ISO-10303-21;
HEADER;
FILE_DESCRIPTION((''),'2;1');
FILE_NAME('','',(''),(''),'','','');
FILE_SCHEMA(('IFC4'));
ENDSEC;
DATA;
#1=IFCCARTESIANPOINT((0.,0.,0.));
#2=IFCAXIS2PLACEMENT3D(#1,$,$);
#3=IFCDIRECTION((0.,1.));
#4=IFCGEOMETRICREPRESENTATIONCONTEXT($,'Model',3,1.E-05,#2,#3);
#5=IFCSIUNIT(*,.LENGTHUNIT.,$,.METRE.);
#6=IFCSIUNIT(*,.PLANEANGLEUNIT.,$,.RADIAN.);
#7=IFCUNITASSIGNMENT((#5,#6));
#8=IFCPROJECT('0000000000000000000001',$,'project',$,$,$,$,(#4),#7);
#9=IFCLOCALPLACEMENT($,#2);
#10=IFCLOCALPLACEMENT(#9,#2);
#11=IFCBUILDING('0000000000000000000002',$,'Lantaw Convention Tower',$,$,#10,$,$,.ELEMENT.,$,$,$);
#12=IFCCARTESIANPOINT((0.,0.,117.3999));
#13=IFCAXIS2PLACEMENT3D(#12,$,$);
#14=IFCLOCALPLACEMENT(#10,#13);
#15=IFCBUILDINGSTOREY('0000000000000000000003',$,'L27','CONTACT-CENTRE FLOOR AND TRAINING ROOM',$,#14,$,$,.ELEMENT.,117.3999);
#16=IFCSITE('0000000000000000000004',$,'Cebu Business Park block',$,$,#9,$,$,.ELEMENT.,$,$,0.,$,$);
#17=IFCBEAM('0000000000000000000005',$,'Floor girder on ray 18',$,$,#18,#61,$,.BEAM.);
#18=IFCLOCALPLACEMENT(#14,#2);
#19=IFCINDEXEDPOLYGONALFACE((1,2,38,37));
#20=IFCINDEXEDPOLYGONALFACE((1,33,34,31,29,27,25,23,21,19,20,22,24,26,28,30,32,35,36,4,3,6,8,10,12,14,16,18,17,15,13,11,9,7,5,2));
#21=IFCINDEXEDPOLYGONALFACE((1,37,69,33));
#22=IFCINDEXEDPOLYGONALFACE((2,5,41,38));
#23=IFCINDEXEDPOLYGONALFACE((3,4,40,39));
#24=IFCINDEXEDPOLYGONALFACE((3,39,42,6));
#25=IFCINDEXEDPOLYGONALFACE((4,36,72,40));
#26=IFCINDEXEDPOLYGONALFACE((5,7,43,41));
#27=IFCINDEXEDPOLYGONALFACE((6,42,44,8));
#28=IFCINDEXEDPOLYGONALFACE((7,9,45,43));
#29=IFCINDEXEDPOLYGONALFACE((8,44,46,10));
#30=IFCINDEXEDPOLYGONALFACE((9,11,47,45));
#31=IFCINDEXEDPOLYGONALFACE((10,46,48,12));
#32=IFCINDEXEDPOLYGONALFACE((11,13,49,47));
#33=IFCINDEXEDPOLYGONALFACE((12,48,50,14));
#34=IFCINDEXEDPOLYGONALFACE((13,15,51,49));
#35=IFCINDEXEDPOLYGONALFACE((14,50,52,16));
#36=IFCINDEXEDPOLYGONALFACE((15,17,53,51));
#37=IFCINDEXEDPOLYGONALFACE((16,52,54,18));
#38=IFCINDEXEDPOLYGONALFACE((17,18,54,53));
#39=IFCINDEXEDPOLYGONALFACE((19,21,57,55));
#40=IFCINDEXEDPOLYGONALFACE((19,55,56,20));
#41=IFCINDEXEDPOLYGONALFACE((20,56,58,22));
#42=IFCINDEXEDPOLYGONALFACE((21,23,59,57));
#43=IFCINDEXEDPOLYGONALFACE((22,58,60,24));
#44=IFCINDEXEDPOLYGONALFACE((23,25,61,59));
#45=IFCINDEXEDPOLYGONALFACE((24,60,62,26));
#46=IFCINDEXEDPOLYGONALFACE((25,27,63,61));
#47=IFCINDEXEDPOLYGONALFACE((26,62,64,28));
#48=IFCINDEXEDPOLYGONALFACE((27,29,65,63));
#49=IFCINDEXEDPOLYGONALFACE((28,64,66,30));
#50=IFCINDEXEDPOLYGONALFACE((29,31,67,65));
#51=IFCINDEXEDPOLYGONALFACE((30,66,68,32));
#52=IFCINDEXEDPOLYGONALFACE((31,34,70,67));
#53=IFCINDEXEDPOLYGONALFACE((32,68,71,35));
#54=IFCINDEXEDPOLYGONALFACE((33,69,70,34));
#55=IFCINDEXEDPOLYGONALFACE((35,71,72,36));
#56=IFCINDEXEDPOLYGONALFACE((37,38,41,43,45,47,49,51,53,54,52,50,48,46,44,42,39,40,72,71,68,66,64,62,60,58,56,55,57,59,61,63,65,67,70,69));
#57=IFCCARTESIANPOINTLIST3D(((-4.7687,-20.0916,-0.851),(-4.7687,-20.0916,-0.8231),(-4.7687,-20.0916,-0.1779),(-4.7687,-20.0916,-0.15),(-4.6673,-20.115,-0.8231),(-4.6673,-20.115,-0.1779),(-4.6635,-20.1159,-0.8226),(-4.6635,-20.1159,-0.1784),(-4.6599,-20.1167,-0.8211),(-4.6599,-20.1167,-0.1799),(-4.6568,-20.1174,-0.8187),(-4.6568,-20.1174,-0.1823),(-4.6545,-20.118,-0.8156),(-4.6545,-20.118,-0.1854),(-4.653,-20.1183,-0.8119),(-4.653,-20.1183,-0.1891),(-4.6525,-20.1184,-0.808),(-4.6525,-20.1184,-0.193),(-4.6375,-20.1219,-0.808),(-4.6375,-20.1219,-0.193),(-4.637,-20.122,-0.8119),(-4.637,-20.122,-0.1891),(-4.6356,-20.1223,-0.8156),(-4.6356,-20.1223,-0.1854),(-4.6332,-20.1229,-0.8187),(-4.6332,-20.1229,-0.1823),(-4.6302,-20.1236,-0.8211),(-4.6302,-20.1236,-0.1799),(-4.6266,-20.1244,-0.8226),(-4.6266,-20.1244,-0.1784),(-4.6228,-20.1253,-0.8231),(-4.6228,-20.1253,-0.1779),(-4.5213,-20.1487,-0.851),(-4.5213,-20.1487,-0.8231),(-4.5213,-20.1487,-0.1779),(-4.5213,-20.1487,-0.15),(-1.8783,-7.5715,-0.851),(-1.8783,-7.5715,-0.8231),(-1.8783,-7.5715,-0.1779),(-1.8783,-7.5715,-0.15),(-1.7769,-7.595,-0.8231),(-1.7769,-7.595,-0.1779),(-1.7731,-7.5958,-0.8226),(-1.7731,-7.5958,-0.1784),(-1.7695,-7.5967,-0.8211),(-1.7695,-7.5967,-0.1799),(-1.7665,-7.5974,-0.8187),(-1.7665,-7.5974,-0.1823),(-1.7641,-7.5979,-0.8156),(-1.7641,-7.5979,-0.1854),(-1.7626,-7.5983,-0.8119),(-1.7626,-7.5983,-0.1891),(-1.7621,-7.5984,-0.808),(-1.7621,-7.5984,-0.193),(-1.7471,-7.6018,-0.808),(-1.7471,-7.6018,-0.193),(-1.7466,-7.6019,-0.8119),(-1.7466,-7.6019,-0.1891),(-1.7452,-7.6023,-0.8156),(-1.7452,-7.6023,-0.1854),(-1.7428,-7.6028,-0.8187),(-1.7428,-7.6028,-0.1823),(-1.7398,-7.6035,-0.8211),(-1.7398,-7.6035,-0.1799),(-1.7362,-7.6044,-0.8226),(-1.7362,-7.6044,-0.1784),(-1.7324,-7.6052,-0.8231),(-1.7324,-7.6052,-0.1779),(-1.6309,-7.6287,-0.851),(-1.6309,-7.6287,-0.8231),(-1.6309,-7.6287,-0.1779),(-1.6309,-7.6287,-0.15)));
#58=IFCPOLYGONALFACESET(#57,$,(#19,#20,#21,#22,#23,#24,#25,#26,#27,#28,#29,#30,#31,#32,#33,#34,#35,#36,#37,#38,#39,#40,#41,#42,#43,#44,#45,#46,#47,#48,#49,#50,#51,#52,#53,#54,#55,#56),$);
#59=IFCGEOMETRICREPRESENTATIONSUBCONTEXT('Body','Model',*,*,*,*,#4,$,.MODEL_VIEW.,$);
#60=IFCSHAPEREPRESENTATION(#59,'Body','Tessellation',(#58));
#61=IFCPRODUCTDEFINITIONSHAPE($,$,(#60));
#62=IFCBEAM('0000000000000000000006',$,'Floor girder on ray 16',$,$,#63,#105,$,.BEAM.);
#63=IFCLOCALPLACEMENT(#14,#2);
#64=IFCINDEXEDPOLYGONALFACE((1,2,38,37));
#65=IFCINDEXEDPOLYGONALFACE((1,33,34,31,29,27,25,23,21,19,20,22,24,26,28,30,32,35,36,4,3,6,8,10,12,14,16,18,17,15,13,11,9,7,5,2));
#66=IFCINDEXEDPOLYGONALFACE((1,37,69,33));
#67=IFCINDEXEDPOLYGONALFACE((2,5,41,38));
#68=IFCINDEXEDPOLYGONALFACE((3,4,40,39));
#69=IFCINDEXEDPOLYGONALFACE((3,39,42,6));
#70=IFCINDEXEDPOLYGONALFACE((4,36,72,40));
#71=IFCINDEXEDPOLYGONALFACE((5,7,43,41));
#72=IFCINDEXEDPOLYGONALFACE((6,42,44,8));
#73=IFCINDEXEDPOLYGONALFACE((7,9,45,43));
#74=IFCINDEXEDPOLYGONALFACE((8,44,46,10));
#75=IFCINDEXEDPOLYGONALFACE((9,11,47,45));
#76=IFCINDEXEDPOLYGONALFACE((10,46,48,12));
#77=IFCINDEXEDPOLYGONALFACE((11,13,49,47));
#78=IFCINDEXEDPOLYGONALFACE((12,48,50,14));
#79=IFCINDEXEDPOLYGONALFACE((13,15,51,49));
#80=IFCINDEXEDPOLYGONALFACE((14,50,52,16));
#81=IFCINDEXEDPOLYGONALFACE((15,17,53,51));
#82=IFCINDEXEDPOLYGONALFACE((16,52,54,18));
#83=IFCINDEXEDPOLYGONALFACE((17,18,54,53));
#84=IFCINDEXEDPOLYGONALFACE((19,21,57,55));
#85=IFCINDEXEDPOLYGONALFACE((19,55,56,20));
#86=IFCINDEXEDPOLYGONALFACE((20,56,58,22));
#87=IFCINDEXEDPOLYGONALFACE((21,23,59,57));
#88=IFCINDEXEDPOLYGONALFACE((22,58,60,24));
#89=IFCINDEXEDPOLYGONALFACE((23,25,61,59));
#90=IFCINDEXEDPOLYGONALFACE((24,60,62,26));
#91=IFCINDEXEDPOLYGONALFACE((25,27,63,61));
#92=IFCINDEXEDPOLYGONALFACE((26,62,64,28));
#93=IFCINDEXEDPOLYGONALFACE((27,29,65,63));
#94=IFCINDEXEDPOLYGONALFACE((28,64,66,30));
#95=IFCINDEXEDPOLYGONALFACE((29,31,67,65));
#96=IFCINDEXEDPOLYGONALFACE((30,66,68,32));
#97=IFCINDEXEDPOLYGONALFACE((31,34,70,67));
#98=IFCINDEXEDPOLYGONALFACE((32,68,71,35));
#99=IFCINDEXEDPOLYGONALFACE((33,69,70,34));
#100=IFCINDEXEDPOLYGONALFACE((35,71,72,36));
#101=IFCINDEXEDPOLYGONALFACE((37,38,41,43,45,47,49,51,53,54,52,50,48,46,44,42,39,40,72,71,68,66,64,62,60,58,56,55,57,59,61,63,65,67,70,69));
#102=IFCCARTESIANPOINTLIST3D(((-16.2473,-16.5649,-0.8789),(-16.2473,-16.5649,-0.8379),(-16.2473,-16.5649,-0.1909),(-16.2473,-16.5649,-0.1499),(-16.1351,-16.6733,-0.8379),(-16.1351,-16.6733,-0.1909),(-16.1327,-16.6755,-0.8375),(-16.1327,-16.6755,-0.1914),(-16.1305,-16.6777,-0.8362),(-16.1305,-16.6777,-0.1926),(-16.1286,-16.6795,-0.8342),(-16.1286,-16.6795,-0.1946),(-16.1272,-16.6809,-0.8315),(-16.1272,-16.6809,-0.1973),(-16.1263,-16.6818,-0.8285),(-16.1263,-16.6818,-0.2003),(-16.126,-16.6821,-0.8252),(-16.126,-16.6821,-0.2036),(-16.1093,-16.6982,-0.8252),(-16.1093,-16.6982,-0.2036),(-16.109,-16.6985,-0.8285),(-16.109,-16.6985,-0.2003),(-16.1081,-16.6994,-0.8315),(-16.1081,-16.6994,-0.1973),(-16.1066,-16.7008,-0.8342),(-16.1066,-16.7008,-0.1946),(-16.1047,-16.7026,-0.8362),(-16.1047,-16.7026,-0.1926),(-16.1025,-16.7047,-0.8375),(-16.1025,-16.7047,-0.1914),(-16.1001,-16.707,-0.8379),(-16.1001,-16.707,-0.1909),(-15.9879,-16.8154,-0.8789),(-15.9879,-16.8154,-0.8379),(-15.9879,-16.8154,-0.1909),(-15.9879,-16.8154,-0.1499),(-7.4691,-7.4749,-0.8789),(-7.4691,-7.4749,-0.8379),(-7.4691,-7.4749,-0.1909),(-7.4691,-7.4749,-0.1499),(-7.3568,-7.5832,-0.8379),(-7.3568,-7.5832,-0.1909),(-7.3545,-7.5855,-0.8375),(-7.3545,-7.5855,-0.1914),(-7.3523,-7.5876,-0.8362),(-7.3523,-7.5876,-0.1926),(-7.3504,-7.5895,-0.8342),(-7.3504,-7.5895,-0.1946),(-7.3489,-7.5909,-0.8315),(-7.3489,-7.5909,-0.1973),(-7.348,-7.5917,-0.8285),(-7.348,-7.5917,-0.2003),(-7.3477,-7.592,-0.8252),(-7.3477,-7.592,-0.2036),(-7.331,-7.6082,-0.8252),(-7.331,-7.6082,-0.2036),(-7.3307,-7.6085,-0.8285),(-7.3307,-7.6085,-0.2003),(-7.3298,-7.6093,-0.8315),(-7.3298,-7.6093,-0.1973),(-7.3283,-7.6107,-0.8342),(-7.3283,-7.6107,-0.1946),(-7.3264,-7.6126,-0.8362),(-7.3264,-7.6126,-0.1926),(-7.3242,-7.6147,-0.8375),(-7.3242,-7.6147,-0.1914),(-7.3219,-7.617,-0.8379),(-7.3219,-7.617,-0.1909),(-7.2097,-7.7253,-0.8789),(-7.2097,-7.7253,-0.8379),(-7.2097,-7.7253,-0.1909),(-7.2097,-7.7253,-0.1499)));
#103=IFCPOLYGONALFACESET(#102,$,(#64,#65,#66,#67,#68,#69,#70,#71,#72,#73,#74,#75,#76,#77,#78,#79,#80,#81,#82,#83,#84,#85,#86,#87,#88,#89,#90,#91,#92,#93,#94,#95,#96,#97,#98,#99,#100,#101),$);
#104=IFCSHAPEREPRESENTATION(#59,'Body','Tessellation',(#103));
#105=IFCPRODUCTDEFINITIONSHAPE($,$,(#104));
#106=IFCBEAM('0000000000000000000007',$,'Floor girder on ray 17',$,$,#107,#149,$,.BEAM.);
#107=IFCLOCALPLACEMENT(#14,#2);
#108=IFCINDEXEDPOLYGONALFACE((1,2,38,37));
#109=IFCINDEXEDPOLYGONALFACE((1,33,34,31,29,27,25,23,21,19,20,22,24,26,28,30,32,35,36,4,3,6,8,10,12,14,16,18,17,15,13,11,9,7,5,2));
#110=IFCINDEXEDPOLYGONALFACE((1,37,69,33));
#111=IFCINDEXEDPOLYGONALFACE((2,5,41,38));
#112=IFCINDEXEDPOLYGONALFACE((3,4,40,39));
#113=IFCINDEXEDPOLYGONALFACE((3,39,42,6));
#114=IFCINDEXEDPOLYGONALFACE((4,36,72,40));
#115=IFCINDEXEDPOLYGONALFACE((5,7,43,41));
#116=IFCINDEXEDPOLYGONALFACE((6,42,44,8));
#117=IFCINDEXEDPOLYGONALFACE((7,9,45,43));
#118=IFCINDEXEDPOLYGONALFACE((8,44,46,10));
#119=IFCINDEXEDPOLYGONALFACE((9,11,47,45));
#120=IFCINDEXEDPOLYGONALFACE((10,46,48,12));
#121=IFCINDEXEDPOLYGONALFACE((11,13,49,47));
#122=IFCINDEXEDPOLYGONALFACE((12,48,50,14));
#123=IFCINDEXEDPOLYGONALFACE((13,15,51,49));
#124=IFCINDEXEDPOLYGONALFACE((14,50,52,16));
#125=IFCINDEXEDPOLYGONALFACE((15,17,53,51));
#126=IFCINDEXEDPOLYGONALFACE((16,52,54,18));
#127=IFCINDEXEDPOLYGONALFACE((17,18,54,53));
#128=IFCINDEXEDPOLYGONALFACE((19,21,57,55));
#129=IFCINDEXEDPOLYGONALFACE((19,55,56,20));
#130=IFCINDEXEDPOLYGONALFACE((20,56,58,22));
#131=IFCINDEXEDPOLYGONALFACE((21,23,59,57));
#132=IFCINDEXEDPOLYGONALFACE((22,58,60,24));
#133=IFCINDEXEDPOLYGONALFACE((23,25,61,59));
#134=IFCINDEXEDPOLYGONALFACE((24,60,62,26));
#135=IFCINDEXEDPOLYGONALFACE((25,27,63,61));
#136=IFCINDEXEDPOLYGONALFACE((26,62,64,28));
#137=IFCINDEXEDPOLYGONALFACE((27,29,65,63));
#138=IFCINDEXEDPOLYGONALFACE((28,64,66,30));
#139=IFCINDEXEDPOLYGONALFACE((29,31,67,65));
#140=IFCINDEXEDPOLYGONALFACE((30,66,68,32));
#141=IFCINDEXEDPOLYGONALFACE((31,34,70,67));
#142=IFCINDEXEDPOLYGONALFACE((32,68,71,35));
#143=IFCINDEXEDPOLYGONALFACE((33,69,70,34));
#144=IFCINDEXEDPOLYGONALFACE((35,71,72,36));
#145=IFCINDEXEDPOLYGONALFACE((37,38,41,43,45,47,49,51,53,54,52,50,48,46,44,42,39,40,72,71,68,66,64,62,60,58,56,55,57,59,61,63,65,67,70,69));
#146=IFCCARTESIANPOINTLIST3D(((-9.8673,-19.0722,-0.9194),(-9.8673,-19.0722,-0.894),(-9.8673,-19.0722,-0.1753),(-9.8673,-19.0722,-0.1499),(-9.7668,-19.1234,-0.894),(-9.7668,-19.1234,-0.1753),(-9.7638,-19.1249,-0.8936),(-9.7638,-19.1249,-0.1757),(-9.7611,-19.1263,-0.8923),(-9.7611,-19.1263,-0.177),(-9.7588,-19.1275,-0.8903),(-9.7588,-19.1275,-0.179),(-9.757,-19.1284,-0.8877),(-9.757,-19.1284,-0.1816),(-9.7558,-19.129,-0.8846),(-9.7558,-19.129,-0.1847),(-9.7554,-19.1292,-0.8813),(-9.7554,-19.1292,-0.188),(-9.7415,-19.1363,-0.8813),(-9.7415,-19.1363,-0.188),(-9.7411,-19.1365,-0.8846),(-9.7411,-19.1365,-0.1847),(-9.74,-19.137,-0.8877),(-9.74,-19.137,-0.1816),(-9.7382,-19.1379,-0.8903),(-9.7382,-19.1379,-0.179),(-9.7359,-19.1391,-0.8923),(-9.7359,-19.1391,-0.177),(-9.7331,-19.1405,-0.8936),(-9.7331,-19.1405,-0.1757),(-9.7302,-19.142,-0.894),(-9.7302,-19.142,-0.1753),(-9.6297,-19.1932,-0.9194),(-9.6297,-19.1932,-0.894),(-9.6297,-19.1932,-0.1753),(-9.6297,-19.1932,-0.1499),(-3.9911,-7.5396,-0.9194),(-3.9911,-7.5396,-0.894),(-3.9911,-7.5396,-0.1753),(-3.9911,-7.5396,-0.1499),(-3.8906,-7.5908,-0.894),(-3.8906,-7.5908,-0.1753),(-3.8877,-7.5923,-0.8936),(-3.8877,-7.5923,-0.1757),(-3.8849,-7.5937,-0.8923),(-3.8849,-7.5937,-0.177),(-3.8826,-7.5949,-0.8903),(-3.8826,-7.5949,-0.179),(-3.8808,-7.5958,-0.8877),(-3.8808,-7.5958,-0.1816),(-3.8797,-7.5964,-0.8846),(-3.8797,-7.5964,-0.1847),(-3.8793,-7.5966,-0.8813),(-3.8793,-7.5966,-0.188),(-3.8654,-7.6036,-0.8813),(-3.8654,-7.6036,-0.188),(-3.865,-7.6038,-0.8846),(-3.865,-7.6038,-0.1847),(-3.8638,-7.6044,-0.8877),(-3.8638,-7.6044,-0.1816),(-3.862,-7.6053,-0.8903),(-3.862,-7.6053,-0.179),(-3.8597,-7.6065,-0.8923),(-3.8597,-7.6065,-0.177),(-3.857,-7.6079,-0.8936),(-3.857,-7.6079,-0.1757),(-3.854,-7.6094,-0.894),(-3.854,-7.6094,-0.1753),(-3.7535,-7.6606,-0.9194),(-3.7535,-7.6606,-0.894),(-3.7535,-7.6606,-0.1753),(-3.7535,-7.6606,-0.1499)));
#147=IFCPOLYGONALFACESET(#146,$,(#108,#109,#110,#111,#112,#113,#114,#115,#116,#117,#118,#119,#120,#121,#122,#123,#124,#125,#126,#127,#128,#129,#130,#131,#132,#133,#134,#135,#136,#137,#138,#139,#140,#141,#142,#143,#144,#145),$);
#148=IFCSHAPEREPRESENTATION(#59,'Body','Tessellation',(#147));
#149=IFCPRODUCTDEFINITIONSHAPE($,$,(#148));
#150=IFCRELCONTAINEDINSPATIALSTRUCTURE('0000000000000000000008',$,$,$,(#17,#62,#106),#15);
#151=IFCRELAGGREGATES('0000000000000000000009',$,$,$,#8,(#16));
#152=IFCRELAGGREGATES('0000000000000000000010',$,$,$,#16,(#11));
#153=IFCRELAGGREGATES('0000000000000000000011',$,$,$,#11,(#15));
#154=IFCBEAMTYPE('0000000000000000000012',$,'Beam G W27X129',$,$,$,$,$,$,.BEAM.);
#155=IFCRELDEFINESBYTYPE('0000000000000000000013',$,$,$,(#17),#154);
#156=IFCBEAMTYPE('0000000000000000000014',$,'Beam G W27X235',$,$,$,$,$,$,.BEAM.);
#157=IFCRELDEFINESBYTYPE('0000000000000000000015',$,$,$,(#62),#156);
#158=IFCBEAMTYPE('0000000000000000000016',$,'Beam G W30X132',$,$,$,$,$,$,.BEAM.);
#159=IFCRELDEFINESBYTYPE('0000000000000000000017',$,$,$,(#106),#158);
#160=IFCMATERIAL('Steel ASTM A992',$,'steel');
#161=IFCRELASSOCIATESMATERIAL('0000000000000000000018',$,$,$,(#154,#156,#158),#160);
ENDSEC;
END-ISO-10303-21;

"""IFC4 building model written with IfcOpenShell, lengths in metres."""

from ifc_helpers import new_model, si_unit, direction, frame, origin, origin_2d, place, context, subcontext, project, spatial, i_section, extrude, material, material_profile, profile_set, type_object, element, save


model = new_model("IFC4")

# Units and contexts
model_context = context("Model", 3, precision=1e-05, world=origin(), true_north=direction((0.0, 1.0)))
body_context = subcontext(model_context, "Body", "Model", "MODEL_VIEW")
ifc_project = project(units=[si_unit("LENGTHUNIT", "METRE"), si_unit("PLANEANGLEUNIT", "RADIAN")], contexts=[model_context])

# Site, building, storey
site_placement = place(None, origin())
site = spatial("IfcSite", under=ifc_project, at=site_placement, Name="Cebu Business Park block", CompositionType="ELEMENT", RefElevation=0.0)
building_placement = place(site_placement, origin())
building = spatial("IfcBuilding", under=site, at=building_placement, Name="Lantaw Convention Tower", CompositionType="ELEMENT")
storey_placement = place(building_placement, frame((0.0, 0.0, 117.3999)))
storey = spatial("IfcBuildingStorey", under=building, at=storey_placement, Name="L27", Description="CONTACT-CENTRE FLOOR AND TRAINING ROOM", CompositionType="ELEMENT", Elevation=117.3999)

# Beams
ifc_material_1 = material(Name="Steel ASTM A992", Category="steel")
ifc_material_profile_1 = material_profile(ifc_material_1, i_section(OverallWidth=0.2539, OverallDepth=0.7009, WebThickness=0.0154, FlangeThickness=0.0278, FilletRadius=0.0151, at=origin_2d()), Name="W27X129")
ifc_profile_set_1 = profile_set([ifc_material_profile_1], Name="Steel ASTM A992")
beam_type_1 = type_object("IfcBeamType", Name="Beam G W27X129", PredefinedType="BEAM", material=ifc_profile_set_1)
beam_1_placement = place(storey_placement, frame((-1.7546, -7.6001, -0.5005), z_axis=(-0.224944, -0.974372, 0.0), x_axis=(0.974372, -0.224944, 0.0)))
element("IfcBeam", 1, at=beam_1_placement, inside=storey, type_object=beam_type_1, Name="Floor girder on ray 18", PredefinedType="BEAM", context=body_context, shape_type="SweptSolid", body=[
    extrude(i_section(OverallWidth=0.2539, OverallDepth=0.7009, WebThickness=0.0154, FlangeThickness=0.0278, FilletRadius=0.0151, at=origin_2d()), origin(), (0.0, 0.0, 1.0), 12.8494),
])
ifc_material_profile_2 = material_profile(ifc_material_1, i_section(OverallWidth=0.3606, OverallDepth=0.729, WebThickness=0.0232, FlangeThickness=0.041, FilletRadius=0.0127, at=origin_2d()), Name="W27X235")
ifc_profile_set_2 = profile_set([ifc_material_profile_2], Name="Steel ASTM A992")
beam_type_2 = type_object("IfcBeamType", Name="Beam G W27X235", PredefinedType="BEAM", material=ifc_profile_set_2)
beam_2_placement = place(storey_placement, frame((-7.3394, -7.6001, -0.5144), z_axis=(-0.694663, -0.719335, 0.0), x_axis=(0.719335, -0.694663, 0.0)))
element("IfcBeam", 2, at=beam_2_placement, inside=storey, type_object=beam_type_2, Name="Floor girder on ray 16", PredefinedType="BEAM", context=body_context, shape_type="SweptSolid", body=[
    extrude(i_section(OverallWidth=0.3606, OverallDepth=0.729, WebThickness=0.0232, FlangeThickness=0.041, FilletRadius=0.0127, at=origin_2d()), origin(), (0.0, 0.0, 1.0), 12.6367),
])
ifc_material_profile_3 = material_profile(ifc_material_1, i_section(OverallWidth=0.2666, OverallDepth=0.7695, WebThickness=0.0156, FlangeThickness=0.0254, FilletRadius=0.0127, at=origin_2d()), Name="W30X132")
ifc_profile_set_3 = profile_set([ifc_material_profile_3], Name="Steel ASTM A992")
beam_type_3 = type_object("IfcBeamType", Name="Beam G W30X132", PredefinedType="BEAM", material=ifc_profile_set_3)
beam_3_placement = place(storey_placement, frame((-3.8723, -7.6001, -0.5347), z_axis=(-0.453991, -0.891006, 0.0), x_axis=(0.891006, -0.453991, 0.0)))
element("IfcBeam", 3, at=beam_3_placement, inside=storey, type_object=beam_type_3, Name="Floor girder on ray 17", PredefinedType="BEAM", context=body_context, shape_type="SweptSolid", body=[
    extrude(i_section(OverallWidth=0.2666, OverallDepth=0.7695, WebThickness=0.0156, FlangeThickness=0.0254, FilletRadius=0.0127, at=origin_2d()), origin(), (0.0, 0.0, 1.0), 12.9434),
])

save(model, "model.ifc")
